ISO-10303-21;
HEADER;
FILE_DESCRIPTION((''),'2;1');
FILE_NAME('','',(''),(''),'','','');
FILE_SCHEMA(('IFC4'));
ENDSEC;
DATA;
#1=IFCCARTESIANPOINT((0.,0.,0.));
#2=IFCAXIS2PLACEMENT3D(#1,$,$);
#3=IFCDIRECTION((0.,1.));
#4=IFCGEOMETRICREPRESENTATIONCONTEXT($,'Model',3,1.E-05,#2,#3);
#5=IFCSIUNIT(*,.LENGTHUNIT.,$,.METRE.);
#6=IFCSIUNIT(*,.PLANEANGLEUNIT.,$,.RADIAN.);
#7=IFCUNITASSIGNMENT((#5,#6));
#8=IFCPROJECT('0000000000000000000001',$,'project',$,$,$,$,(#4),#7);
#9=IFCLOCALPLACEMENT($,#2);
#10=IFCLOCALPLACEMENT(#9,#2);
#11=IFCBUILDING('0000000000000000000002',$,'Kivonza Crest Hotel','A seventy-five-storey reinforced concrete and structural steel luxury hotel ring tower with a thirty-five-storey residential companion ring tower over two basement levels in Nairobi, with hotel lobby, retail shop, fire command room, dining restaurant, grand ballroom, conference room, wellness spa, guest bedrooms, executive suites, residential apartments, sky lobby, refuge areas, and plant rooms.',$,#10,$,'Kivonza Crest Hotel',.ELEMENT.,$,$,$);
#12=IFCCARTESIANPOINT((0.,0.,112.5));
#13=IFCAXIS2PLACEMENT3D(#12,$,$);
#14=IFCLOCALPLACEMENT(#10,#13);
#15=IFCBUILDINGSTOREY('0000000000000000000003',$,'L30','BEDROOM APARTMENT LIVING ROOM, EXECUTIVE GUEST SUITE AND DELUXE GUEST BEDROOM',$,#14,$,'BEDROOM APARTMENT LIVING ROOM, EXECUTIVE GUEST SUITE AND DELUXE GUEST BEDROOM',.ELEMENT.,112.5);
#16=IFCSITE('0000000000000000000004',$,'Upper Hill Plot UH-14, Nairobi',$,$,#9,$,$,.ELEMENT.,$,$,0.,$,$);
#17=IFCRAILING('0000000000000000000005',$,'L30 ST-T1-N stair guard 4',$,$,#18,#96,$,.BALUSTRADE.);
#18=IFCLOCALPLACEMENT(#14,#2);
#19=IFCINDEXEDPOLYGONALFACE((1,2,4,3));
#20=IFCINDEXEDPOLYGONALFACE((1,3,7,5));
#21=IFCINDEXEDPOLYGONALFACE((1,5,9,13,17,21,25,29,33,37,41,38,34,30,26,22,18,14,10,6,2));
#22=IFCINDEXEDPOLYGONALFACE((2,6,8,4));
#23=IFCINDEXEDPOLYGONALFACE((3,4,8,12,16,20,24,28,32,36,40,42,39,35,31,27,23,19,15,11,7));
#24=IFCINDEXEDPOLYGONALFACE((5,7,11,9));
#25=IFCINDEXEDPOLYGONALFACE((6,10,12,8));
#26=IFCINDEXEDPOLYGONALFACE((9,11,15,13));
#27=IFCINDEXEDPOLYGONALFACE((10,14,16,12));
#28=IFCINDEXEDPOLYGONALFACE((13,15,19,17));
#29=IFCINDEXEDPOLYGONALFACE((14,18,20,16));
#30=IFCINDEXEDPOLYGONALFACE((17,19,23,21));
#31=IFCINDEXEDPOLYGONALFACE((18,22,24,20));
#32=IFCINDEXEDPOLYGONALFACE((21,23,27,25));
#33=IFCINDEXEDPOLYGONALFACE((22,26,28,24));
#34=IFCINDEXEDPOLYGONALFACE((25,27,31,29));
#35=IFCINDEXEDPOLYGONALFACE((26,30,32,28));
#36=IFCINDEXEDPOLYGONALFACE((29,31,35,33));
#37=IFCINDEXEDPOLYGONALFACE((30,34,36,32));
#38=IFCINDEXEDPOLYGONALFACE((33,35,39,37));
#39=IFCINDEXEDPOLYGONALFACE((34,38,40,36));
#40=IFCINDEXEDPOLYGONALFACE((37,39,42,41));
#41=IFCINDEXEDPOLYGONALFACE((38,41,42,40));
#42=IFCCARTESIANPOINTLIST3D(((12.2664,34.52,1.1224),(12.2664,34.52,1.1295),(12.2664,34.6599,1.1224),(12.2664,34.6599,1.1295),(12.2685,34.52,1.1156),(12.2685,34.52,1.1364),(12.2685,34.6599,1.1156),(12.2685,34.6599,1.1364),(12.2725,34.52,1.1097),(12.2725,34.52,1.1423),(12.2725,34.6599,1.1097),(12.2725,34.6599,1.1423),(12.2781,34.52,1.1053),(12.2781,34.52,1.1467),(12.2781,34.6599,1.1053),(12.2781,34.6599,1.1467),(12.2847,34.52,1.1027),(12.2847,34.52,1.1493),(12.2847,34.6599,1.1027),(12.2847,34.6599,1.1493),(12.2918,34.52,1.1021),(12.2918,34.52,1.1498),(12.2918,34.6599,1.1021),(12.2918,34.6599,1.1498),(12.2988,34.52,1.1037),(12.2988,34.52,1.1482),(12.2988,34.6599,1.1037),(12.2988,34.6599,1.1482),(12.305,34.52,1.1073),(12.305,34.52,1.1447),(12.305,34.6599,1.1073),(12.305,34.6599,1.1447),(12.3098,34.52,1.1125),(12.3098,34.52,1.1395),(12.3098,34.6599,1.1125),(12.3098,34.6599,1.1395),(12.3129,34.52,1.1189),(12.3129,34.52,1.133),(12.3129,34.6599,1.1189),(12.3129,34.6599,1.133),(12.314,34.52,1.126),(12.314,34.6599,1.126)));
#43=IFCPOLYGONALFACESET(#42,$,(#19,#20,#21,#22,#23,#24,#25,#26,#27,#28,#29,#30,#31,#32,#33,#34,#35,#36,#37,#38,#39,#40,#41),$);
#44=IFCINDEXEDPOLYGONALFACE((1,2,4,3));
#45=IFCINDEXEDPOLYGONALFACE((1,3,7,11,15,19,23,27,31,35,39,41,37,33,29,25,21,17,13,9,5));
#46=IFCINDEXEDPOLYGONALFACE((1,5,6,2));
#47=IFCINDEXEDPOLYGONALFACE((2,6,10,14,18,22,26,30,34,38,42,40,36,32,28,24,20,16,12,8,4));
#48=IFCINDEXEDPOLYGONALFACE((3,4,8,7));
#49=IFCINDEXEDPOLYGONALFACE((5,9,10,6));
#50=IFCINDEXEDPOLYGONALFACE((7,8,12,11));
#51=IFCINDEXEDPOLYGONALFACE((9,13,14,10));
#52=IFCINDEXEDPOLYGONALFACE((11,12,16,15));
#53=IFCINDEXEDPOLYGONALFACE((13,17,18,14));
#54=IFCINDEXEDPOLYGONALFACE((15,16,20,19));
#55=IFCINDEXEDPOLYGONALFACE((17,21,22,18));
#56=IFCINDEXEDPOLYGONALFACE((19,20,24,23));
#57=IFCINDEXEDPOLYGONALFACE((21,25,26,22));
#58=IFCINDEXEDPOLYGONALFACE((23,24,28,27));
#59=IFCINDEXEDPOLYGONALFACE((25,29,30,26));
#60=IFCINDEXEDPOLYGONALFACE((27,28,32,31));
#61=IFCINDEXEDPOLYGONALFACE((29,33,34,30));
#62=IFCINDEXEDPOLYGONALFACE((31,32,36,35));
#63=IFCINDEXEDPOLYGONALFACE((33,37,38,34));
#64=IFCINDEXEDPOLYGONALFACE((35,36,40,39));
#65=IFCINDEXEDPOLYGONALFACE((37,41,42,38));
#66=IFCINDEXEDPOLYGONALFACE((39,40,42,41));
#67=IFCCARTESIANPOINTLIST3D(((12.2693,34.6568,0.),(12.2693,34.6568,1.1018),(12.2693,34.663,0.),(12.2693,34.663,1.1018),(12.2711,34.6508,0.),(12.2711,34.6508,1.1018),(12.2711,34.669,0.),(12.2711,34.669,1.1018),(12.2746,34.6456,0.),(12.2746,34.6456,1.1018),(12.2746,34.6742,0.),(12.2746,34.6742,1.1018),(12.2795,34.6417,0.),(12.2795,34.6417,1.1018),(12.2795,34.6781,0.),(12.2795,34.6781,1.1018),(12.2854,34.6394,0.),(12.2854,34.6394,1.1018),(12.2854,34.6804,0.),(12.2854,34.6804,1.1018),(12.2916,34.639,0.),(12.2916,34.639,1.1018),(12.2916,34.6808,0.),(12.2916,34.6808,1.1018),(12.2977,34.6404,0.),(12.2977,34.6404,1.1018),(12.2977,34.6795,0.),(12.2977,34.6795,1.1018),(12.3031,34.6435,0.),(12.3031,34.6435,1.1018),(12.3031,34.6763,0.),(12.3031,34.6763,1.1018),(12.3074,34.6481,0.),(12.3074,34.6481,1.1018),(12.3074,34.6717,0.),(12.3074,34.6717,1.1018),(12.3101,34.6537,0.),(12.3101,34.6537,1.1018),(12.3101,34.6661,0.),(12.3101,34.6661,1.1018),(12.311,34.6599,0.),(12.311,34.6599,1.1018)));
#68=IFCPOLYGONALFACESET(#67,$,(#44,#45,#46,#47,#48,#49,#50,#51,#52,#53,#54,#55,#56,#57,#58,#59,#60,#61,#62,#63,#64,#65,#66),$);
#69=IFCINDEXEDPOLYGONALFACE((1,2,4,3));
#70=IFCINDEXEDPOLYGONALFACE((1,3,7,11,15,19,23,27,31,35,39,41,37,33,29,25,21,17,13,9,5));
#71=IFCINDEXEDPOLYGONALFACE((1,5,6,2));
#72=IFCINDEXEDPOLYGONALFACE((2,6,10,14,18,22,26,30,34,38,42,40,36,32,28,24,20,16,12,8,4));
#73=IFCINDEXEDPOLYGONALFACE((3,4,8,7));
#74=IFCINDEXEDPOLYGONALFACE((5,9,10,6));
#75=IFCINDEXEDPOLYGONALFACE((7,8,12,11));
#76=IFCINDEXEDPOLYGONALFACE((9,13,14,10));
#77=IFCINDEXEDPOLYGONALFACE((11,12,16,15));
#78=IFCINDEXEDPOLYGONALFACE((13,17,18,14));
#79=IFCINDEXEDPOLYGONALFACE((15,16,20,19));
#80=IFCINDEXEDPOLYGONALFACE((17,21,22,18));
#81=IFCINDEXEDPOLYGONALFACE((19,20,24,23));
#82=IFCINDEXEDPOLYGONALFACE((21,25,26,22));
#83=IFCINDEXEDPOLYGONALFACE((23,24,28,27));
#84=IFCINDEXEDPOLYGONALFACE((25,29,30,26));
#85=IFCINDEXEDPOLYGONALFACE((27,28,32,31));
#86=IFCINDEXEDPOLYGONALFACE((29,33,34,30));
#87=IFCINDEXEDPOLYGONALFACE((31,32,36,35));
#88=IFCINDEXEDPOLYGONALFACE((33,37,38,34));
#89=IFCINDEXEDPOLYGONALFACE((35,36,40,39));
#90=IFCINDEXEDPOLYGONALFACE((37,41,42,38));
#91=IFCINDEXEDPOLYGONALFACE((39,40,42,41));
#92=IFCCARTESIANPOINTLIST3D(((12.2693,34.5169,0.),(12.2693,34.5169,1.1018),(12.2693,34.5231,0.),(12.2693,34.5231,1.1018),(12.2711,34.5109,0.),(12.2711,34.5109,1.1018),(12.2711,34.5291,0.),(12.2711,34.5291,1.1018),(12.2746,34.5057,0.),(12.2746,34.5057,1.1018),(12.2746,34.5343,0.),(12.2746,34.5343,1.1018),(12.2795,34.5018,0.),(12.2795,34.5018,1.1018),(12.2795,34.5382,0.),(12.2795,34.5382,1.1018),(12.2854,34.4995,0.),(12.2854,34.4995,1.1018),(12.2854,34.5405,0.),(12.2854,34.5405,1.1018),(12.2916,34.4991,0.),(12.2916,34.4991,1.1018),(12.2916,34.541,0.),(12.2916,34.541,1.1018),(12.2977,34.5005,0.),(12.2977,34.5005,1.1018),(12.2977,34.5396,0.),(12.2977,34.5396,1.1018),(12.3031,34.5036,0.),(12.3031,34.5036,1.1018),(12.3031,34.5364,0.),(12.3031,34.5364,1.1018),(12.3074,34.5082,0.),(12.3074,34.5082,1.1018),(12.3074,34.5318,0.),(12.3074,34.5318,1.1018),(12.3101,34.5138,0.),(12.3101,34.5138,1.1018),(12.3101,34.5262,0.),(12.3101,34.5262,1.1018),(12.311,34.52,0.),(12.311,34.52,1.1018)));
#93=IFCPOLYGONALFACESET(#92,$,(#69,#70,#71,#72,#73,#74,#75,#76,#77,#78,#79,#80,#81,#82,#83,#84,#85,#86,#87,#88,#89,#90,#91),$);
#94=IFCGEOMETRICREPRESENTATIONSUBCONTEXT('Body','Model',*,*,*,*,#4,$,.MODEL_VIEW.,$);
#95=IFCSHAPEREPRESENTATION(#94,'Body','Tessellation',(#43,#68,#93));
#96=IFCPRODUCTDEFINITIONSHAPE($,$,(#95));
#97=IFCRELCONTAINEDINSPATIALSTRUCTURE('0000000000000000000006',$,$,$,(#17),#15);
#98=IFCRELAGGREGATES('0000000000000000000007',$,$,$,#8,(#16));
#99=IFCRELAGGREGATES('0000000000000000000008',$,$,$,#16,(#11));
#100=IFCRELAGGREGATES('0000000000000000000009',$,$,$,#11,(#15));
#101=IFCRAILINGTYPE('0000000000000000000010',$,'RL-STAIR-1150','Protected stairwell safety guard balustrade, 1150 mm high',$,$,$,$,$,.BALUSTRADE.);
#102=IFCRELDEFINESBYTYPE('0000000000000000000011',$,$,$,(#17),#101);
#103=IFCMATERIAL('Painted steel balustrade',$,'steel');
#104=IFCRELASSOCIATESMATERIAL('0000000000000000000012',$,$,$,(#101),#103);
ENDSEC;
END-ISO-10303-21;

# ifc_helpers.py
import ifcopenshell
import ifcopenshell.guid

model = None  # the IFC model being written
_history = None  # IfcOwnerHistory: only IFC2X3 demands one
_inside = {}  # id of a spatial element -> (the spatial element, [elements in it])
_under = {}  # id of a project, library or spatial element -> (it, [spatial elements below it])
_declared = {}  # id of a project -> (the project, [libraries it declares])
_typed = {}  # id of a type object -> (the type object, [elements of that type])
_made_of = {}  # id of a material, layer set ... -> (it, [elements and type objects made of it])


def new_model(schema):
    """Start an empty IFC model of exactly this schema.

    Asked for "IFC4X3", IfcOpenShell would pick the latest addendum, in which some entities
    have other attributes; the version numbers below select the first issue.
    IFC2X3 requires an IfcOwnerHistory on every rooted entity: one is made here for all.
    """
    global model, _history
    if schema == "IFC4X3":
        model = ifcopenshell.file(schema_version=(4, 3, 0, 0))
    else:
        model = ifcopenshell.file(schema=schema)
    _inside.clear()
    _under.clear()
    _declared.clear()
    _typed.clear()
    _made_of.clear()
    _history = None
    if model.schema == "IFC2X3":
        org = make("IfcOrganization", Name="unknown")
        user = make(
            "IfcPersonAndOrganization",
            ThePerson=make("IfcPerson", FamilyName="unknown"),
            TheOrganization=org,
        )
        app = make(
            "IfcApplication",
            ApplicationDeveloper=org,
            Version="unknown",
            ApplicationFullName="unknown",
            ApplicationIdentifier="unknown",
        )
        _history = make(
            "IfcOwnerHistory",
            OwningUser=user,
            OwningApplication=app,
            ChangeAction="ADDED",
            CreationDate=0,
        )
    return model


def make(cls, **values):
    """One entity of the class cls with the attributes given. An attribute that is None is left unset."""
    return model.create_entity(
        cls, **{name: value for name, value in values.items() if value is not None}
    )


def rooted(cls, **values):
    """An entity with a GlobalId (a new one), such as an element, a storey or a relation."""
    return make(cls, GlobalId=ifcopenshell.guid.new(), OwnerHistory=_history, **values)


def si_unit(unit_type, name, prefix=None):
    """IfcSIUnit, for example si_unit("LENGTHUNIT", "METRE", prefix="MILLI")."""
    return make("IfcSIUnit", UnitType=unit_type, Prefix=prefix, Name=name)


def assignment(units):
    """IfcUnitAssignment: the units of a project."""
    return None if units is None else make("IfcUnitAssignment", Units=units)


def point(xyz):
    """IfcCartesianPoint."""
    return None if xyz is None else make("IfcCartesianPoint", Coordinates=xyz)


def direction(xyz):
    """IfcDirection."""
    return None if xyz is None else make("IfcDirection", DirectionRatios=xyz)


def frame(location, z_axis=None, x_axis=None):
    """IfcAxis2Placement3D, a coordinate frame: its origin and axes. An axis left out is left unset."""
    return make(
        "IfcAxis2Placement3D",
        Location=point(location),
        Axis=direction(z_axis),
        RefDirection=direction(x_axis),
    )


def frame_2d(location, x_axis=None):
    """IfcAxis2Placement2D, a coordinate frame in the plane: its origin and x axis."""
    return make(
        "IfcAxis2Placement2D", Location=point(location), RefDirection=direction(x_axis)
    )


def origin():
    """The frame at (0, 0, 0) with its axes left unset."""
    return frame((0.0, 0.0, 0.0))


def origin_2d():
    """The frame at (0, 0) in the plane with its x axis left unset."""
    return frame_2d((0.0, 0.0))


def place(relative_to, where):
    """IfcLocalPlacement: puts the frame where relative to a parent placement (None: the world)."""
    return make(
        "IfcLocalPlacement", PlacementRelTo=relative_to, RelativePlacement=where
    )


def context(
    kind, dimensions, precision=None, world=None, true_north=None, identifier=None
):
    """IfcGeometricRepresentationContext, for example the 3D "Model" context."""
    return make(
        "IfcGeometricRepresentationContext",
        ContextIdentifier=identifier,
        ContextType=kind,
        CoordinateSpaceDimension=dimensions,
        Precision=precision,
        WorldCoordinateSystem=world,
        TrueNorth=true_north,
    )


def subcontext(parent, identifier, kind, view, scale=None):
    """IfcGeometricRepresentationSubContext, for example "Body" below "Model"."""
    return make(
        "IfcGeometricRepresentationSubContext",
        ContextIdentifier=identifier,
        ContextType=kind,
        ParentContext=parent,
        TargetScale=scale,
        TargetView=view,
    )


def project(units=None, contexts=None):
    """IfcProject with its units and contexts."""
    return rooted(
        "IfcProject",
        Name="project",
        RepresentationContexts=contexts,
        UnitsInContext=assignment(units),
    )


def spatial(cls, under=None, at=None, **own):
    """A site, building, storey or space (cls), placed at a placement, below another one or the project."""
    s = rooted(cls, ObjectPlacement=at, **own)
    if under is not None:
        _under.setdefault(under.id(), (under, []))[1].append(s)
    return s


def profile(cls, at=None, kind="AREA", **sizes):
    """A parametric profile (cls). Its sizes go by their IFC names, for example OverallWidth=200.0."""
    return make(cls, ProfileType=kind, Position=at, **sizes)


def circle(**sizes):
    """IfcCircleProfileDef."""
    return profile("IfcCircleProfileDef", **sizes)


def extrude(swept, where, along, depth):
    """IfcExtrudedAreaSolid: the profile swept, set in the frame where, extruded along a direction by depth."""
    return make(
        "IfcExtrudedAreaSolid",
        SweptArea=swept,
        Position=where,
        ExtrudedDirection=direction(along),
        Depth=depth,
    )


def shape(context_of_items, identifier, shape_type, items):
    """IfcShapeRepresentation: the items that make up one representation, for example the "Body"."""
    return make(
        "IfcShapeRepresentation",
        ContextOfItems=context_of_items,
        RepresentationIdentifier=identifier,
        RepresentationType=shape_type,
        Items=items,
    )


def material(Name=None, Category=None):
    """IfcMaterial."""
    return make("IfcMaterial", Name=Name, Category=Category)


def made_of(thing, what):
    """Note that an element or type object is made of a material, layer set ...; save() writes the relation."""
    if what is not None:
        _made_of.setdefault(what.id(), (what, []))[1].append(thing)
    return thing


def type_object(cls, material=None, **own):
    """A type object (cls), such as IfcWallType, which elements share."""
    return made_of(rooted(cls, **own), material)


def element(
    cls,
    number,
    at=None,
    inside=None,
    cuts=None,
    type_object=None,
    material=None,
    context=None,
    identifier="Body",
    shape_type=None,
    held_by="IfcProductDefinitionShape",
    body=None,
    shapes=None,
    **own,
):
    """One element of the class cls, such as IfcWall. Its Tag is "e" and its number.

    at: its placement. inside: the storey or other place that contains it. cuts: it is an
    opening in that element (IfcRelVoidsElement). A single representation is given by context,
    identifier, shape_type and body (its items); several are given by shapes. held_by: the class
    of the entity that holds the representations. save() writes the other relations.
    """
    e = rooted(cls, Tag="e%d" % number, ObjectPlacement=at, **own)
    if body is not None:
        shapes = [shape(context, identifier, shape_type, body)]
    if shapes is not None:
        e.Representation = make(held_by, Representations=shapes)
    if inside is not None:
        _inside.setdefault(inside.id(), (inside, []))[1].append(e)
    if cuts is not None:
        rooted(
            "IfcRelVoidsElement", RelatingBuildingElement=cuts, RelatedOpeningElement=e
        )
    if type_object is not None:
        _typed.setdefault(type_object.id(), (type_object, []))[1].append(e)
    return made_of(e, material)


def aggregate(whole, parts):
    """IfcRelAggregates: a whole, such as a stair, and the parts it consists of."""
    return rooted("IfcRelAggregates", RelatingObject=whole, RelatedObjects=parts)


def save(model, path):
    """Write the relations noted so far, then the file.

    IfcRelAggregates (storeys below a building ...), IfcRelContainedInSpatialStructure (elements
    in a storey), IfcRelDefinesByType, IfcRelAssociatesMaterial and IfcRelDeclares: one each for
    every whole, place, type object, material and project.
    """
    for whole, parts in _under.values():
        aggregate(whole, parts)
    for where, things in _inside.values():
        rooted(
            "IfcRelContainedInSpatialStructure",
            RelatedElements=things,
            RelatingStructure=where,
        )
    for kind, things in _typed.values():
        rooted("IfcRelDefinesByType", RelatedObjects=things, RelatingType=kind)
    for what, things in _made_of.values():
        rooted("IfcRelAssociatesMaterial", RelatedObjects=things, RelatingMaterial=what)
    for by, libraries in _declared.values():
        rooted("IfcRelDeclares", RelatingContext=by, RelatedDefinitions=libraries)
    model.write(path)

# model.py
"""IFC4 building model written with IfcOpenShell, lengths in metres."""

from ifc_helpers import new_model, si_unit, direction, frame, origin, origin_2d, place, context, subcontext, project, spatial, circle, extrude, material, type_object, element, save


model = new_model("IFC4")

# Units and contexts
model_context = context("Model", 3, precision=1e-05, world=origin(), true_north=direction((0.0, 1.0)))
body_context = subcontext(model_context, "Body", "Model", "MODEL_VIEW")
ifc_project = project(units=[si_unit("LENGTHUNIT", "METRE"), si_unit("PLANEANGLEUNIT", "RADIAN")], contexts=[model_context])

# Site, building, storey
site_placement = place(None, origin())
site = spatial("IfcSite", under=ifc_project, at=site_placement, Name="Upper Hill Plot UH-14, Nairobi", CompositionType="ELEMENT", RefElevation=0.0)
building_placement = place(site_placement, origin())
building = spatial("IfcBuilding", under=site, at=building_placement, Name="Kivonza Crest Hotel", Description="A seventy-five-storey reinforced concrete and structural steel luxury hotel ring tower with a thirty-five-storey residential companion ring tower over two basement levels in Nairobi, with hotel lobby, retail shop, fire command room, dining restaurant, grand ballroom, conference room, wellness spa, guest bedrooms, executive suites, residential apartments, sky lobby, refuge areas, and plant rooms.", LongName="Kivonza Crest Hotel", CompositionType="ELEMENT")
storey_placement = place(building_placement, frame((0.0, 0.0, 112.5)))
storey = spatial("IfcBuildingStorey", under=building, at=storey_placement, Name="L30", Description="BEDROOM APARTMENT LIVING ROOM, EXECUTIVE GUEST SUITE AND DELUXE GUEST BEDROOM", LongName="BEDROOM APARTMENT LIVING ROOM, EXECUTIVE GUEST SUITE AND DELUXE GUEST BEDROOM", CompositionType="ELEMENT", Elevation=112.5)

# Railing
ifc_material_1 = material(Name="Painted steel balustrade", Category="steel")
railing_type_1 = type_object("IfcRailingType", Name="RL-STAIR-1150", Description="Protected stairwell safety guard balustrade, 1150 mm high", PredefinedType="BALUSTRADE", material=ifc_material_1)
railing_1_placement = place(storey_placement, frame((12.29, 34.6599, 0.0)))
element("IfcRailing", 1, at=railing_1_placement, inside=storey, type_object=railing_type_1, Name="L30 ST-T1-N stair guard 4", PredefinedType="BALUSTRADE", context=body_context, shape_type="SweptSolid", body=[
    extrude(circle(Radius=0.0239, at=origin_2d()), frame((0.0, 0.0, 1.126), z_axis=(0.0, -1.0, 0.0), x_axis=(1.0, 0.0, 0.0)), (0.0, 0.0, 1.0), 0.1399),
    extrude(circle(Radius=0.021, at=origin_2d()), origin(), (0.0, 0.0, 1.0), 1.1018),
    extrude(circle(Radius=0.021, at=origin_2d()), frame((0.0, -0.1399, 0.0)), (0.0, 0.0, 1.0), 1.1018),
])

save(model, "model.ifc")
